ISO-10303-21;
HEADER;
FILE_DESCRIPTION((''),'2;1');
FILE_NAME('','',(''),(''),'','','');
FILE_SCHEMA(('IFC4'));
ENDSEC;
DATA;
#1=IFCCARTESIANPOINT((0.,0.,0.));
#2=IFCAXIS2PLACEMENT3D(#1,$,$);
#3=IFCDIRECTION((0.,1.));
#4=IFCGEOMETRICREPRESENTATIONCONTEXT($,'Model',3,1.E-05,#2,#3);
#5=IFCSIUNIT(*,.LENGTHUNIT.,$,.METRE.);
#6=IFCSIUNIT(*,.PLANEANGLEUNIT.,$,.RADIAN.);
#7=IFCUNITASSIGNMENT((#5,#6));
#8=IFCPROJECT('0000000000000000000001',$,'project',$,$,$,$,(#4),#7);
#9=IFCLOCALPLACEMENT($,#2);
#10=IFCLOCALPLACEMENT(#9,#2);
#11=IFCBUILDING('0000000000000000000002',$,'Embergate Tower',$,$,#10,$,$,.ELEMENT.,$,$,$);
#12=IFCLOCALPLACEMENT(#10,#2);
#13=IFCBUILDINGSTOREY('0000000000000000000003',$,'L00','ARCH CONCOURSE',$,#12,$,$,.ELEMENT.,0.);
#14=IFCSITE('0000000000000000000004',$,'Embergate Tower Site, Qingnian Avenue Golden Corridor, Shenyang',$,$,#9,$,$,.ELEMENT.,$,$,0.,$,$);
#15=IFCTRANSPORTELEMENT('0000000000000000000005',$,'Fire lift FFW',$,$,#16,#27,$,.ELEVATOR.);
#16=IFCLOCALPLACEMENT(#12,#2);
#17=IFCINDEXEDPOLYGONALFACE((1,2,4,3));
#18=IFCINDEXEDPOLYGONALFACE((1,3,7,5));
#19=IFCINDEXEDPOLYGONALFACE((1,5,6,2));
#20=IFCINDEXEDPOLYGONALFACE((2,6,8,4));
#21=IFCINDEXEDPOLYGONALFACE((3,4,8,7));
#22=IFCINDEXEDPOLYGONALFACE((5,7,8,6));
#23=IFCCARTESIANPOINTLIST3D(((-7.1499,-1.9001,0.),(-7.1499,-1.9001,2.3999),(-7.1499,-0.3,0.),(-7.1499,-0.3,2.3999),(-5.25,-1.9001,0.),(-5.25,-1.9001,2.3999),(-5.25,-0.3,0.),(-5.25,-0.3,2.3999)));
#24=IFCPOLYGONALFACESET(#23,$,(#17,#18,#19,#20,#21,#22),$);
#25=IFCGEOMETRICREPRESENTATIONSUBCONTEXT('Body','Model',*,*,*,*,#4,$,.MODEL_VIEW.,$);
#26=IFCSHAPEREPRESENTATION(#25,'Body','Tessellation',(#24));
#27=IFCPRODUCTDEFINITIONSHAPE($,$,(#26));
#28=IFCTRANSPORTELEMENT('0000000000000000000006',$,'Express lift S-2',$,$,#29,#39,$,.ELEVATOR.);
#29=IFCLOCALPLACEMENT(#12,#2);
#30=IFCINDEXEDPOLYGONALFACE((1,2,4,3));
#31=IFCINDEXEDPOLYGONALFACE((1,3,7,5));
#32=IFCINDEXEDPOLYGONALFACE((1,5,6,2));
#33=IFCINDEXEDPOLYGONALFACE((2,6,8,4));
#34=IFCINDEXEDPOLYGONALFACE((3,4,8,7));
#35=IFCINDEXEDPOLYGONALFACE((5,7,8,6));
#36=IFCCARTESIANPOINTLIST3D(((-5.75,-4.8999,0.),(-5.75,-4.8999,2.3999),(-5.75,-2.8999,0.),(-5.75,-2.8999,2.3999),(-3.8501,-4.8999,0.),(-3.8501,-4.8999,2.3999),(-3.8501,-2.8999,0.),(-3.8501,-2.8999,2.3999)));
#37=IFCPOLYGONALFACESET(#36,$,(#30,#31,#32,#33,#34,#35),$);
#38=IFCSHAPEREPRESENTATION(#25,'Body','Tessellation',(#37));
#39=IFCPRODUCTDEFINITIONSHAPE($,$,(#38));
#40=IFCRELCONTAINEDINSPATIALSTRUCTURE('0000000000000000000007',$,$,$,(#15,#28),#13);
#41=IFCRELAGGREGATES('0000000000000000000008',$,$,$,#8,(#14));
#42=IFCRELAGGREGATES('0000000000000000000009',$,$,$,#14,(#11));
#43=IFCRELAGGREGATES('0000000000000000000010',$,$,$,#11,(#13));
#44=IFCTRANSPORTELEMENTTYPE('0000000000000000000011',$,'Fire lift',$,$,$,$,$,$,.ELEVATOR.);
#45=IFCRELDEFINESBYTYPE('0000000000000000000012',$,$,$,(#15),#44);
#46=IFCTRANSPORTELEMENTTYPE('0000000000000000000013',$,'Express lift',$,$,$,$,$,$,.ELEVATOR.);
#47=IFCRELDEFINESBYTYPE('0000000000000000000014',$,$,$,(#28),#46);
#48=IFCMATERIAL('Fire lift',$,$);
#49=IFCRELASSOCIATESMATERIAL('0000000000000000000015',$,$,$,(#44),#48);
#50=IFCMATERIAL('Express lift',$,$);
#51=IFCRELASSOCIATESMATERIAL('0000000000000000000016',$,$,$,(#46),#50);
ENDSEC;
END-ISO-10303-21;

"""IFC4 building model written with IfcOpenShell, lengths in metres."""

from ifc_helpers import new_model, si_unit, direction, frame, origin, origin_2d, place, context, subcontext, project, spatial, rectangle, extrude, source, transform, mapped, material, type_object, element, save


model = new_model("IFC4")

# Units and contexts
model_context = context("Model", 3, precision=1e-05, world=origin(), true_north=direction((0.0, 1.0)))
body_context = subcontext(model_context, "Body", "Model", "MODEL_VIEW")
ifc_project = project(units=[si_unit("LENGTHUNIT", "METRE"), si_unit("PLANEANGLEUNIT", "RADIAN")], contexts=[model_context])

# Site, building, storey
site_placement = place(None, origin())
site = spatial("IfcSite", under=ifc_project, at=site_placement, Name="Embergate Tower Site, Qingnian Avenue Golden Corridor, Shenyang", CompositionType="ELEMENT", RefElevation=0.0)
building_placement = place(site_placement, origin())
building = spatial("IfcBuilding", under=site, at=building_placement, Name="Embergate Tower", CompositionType="ELEMENT")
storey_placement = place(building_placement, origin())
storey = spatial("IfcBuildingStorey", under=building, at=storey_placement, Name="L00", Description="ARCH CONCOURSE", CompositionType="ELEMENT", Elevation=0.0)

# Transport elements
shared_shape_1 = source(origin(), body_context, "Body", "SweptSolid", [
    extrude(rectangle(XDim=1.8999, YDim=1.6001, at=origin_2d()), origin(), (0.0, 0.0, 1.0), 2.3999),
])
ifc_material_1 = material(Name="Fire lift")
transport_element_type_1 = type_object("IfcTransportElementType", Name="Fire lift", PredefinedType="ELEVATOR", material=ifc_material_1)
transport_element_1_placement = place(storey_placement, frame((-6.2, -1.1001, 0.0), z_axis=(0.0, 0.0, 1.0), x_axis=(1.0, 0.0, 0.0)))
element("IfcTransportElement", 1, at=transport_element_1_placement, inside=storey, type_object=transport_element_type_1, Name="Fire lift FFW", PredefinedType="ELEVATOR", context=body_context, shape_type="MappedRepresentation", body=[
    mapped(shared_shape_1, transform((0.0, 0.0, 0.0))),
])
ifc_material_2 = material(Name="Express lift")
transport_element_type_2 = type_object("IfcTransportElementType", Name="Express lift", PredefinedType="ELEVATOR", material=ifc_material_2)
shared_shape_2 = source(origin(), body_context, "Body", "SweptSolid", [
    extrude(rectangle(XDim=1.8999, YDim=2.0, at=origin_2d()), origin(), (0.0, 0.0, 1.0), 2.3999),
])
transport_element_2_placement = place(storey_placement, frame((-4.8, -3.8999, 0.0), z_axis=(0.0, 0.0, 1.0), x_axis=(1.0, 0.0, 0.0)))
element("IfcTransportElement", 2, at=transport_element_2_placement, inside=storey, type_object=transport_element_type_2, Name="Express lift S-2", PredefinedType="ELEVATOR", context=body_context, shape_type="MappedRepresentation", body=[
    mapped(shared_shape_2, transform((0.0, 0.0, 0.0))),
])

save(model, "model.ifc")
